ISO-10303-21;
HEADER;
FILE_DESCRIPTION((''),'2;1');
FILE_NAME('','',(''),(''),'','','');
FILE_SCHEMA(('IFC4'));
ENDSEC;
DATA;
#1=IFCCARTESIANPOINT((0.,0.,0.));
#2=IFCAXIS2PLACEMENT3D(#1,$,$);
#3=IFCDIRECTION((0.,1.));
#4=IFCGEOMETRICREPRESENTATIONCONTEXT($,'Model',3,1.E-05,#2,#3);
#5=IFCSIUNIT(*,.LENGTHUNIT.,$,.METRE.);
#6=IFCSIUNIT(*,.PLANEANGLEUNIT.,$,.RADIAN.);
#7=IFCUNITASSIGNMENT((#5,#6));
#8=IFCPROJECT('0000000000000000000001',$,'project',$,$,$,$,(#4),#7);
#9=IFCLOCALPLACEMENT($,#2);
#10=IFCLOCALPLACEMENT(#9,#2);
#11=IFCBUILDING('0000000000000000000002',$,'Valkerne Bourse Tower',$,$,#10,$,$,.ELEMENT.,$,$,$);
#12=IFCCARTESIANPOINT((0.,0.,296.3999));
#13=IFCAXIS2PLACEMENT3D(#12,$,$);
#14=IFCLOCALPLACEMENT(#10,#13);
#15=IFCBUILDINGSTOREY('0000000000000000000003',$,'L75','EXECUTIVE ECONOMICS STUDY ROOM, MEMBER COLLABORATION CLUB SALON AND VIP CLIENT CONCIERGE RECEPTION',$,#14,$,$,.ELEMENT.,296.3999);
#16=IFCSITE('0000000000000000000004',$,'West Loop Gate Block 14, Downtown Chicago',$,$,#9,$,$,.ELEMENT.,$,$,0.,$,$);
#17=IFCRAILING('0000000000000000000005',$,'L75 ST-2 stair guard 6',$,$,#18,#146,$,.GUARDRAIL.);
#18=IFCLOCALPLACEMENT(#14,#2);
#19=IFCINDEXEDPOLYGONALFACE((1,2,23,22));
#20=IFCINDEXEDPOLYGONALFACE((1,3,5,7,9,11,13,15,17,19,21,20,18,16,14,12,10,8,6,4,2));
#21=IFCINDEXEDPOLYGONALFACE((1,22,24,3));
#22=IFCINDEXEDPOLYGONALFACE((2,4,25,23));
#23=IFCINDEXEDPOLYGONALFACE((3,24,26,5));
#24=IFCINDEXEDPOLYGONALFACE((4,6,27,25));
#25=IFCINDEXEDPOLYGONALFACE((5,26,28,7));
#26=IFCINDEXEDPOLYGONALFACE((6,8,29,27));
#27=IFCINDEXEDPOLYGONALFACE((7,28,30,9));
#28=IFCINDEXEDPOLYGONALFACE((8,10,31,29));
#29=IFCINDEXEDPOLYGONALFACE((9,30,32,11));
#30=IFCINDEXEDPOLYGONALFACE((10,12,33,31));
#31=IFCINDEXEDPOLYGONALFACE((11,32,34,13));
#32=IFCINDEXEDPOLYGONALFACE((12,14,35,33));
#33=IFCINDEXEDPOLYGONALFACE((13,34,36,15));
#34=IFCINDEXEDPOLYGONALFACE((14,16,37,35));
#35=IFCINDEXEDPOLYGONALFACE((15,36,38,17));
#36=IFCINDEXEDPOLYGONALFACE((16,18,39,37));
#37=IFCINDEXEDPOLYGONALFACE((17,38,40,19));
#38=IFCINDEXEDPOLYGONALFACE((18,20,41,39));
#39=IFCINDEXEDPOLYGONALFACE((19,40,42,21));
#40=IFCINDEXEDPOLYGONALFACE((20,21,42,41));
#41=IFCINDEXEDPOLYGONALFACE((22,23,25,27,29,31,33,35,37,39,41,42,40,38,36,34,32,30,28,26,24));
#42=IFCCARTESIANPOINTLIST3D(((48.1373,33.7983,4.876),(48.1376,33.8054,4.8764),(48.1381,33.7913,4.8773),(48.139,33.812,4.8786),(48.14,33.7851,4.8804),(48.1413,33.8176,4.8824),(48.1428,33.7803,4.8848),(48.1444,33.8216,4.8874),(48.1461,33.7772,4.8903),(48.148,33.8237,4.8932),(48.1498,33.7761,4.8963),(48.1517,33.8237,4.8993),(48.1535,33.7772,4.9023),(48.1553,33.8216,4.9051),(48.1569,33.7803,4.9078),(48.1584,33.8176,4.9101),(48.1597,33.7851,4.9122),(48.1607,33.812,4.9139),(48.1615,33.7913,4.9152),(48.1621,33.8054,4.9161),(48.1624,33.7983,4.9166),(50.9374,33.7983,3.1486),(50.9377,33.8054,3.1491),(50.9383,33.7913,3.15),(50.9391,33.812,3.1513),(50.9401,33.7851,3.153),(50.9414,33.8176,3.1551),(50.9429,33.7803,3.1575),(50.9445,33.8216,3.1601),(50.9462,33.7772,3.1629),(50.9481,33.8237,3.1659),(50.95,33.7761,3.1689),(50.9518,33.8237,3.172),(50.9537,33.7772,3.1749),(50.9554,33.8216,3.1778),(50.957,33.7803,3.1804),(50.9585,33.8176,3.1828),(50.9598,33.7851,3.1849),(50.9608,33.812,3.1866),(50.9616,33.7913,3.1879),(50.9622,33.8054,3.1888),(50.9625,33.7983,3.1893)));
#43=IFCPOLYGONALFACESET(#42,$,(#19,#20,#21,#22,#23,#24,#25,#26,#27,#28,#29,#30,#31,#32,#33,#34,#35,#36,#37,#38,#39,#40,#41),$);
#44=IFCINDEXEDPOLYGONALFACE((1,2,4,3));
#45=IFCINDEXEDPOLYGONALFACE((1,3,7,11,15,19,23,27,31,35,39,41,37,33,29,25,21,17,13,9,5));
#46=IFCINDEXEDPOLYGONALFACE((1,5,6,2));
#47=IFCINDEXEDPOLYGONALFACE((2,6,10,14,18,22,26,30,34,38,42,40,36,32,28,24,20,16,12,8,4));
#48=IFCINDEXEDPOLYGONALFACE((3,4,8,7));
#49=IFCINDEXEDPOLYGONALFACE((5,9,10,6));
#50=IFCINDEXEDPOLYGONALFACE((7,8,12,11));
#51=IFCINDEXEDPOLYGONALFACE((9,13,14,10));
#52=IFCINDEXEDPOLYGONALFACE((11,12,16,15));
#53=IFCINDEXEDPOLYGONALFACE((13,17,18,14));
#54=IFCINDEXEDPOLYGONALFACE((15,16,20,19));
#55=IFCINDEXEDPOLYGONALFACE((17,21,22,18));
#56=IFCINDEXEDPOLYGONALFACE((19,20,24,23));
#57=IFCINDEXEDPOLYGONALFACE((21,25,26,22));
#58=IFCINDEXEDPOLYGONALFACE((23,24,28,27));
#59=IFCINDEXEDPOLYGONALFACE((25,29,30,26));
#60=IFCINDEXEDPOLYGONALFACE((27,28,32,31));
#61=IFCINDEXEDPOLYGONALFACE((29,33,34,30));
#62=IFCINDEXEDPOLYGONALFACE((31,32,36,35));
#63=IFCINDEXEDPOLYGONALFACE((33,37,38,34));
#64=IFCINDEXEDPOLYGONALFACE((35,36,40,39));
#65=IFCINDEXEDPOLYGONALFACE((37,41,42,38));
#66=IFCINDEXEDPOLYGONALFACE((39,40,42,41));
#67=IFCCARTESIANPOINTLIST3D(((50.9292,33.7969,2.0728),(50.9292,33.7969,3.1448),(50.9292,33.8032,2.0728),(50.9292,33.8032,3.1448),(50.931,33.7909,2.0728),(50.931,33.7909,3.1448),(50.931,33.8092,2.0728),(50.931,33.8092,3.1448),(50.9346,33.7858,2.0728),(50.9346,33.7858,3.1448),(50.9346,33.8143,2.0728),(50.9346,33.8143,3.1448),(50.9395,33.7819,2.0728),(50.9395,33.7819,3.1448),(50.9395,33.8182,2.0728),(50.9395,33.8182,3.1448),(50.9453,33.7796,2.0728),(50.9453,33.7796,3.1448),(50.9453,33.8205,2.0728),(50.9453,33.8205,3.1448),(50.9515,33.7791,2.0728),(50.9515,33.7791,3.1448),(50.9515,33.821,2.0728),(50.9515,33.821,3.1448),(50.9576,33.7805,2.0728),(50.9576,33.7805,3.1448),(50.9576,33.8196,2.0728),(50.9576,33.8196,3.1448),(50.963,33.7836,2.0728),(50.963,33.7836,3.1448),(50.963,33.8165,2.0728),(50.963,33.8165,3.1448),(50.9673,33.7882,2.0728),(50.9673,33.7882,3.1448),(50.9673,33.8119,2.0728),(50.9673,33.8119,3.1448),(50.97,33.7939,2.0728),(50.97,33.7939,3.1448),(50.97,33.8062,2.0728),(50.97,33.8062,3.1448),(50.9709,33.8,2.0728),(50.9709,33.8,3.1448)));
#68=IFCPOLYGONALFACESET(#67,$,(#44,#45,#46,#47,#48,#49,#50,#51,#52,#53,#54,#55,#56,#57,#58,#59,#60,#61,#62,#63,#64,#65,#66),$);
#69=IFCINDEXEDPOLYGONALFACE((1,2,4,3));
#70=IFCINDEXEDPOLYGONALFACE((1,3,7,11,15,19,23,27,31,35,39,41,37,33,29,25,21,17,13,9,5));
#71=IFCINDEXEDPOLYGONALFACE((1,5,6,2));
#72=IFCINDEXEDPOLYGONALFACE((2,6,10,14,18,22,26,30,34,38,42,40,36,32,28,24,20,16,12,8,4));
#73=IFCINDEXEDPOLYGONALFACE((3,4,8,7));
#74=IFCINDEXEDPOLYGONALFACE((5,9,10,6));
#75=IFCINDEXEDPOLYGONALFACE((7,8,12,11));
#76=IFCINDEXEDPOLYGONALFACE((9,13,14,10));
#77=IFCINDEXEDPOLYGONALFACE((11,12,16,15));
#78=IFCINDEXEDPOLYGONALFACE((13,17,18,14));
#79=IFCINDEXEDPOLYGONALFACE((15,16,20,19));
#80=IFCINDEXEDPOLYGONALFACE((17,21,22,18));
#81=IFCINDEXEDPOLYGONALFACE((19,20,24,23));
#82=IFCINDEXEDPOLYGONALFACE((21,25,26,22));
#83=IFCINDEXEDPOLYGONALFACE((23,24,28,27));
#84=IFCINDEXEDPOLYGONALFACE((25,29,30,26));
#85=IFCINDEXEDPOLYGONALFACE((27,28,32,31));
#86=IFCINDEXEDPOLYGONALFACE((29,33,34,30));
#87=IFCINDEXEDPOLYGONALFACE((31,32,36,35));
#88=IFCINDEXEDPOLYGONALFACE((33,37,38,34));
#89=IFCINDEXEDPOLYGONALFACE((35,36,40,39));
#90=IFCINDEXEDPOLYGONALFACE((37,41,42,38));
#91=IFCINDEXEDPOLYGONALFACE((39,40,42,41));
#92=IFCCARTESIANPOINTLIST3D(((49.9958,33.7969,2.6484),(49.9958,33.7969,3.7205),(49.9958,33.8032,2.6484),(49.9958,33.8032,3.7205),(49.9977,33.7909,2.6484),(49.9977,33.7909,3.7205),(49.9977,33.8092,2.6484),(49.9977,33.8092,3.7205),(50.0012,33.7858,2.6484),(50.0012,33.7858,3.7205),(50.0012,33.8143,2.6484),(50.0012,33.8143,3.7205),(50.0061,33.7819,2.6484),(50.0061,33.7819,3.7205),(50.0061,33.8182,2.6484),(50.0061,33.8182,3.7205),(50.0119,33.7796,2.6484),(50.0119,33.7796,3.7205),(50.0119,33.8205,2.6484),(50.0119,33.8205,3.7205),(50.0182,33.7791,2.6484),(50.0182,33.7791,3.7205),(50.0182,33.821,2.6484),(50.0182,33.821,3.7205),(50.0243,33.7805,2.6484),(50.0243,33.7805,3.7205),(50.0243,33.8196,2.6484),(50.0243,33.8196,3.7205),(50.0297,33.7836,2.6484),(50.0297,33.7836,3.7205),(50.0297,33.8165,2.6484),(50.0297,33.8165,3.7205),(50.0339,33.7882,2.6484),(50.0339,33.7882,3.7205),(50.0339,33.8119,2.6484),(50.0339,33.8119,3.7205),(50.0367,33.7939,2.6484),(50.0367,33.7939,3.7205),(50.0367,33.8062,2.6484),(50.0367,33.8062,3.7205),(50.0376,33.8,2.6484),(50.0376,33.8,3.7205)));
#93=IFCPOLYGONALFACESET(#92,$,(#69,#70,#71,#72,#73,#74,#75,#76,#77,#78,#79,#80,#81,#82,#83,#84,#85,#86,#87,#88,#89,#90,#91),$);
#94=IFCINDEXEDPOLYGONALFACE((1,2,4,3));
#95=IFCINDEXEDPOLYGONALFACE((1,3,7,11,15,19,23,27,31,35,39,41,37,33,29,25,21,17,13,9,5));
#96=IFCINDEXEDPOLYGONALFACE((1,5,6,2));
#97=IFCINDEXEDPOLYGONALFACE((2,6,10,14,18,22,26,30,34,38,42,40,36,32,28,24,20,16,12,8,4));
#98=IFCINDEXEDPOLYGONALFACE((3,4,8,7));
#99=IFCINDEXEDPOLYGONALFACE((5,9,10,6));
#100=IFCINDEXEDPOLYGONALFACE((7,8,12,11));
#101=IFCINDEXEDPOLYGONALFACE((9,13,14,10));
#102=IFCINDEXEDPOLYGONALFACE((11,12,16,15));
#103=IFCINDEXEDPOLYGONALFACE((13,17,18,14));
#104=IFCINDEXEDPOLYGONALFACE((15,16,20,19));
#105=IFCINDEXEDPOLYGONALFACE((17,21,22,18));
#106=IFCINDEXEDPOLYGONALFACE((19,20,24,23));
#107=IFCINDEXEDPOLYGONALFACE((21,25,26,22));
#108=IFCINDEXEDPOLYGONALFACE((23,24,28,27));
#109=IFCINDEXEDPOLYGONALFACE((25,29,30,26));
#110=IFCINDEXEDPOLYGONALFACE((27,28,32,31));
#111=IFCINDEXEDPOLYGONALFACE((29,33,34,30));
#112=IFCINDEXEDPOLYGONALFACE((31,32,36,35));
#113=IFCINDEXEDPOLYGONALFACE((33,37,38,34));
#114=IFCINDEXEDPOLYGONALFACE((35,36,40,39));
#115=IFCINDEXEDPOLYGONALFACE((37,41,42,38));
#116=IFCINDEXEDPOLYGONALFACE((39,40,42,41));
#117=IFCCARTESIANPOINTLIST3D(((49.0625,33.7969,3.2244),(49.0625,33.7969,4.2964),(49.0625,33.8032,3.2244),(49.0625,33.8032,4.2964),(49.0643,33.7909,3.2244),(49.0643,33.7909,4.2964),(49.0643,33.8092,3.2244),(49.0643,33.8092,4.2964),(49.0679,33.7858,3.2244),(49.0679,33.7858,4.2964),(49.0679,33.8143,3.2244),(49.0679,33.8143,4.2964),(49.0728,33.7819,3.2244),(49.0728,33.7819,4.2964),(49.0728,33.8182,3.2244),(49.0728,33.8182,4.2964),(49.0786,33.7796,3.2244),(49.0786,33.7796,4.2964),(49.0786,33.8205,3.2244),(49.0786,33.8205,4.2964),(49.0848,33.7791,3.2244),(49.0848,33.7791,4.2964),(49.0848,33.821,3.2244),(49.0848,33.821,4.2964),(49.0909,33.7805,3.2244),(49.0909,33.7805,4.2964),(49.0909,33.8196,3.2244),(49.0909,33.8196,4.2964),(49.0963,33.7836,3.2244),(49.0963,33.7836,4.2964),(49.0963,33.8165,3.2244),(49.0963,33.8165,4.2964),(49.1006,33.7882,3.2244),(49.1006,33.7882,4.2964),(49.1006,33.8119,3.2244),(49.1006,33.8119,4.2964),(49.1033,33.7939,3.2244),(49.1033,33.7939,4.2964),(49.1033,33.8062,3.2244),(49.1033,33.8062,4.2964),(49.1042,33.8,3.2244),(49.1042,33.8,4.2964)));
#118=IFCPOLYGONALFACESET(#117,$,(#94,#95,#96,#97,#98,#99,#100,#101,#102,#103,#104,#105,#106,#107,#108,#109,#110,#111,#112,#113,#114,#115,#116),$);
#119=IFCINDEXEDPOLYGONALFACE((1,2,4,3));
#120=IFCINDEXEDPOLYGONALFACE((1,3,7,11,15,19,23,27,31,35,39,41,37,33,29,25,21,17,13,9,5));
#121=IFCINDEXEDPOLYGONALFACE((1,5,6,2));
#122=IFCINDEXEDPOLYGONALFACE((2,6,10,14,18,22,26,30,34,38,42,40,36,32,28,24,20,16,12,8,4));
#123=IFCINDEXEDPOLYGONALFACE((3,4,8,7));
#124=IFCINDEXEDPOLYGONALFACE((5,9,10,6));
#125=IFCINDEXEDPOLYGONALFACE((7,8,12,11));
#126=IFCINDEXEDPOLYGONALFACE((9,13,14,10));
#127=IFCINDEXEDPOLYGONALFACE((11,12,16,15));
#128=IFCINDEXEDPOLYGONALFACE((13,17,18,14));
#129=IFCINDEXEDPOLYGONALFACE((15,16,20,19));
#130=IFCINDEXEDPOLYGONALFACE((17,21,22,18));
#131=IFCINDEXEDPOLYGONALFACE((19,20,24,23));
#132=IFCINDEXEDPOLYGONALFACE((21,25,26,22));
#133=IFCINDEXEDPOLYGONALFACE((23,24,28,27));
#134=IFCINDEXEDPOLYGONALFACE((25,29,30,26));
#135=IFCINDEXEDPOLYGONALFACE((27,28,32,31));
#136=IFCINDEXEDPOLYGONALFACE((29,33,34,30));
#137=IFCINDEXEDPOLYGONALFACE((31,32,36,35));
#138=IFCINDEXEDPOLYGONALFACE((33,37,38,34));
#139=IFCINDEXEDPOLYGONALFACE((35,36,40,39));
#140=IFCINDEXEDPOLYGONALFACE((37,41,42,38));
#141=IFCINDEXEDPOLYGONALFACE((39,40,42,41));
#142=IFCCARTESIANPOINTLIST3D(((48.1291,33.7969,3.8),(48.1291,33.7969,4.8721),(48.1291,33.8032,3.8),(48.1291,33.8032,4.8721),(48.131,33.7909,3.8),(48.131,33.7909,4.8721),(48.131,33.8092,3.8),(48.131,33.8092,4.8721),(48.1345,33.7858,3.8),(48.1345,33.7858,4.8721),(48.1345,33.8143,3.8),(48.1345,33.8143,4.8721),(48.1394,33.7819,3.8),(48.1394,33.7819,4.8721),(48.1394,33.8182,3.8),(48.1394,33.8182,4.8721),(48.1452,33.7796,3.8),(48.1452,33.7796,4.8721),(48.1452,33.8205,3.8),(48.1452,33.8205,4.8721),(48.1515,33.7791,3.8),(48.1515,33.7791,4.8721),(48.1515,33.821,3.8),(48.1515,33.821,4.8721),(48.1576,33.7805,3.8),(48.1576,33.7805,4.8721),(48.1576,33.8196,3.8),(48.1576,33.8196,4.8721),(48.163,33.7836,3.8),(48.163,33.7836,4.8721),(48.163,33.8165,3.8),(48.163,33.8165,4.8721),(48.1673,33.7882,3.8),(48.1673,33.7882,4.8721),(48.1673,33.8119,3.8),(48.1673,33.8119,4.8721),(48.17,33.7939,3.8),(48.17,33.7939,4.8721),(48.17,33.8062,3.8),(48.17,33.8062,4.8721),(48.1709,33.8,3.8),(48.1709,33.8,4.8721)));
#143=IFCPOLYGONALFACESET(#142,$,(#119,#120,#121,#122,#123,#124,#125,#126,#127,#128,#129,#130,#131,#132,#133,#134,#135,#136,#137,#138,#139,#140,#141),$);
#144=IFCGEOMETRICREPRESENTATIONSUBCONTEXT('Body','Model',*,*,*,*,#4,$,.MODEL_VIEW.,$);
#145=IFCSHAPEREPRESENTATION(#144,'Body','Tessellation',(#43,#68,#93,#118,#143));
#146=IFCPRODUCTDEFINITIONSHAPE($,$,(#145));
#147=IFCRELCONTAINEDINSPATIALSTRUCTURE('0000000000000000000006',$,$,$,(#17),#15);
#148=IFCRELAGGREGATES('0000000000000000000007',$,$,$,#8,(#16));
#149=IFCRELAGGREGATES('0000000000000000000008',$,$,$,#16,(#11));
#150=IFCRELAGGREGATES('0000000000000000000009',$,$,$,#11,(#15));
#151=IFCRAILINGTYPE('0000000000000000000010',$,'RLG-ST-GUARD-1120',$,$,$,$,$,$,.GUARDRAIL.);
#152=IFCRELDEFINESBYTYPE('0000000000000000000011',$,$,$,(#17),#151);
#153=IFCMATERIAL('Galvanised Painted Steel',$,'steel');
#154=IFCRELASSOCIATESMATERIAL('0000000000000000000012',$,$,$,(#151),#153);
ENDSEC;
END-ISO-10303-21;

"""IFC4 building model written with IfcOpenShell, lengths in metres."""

from ifc_helpers import new_model, si_unit, direction, frame, origin, origin_2d, place, context, subcontext, project, spatial, circle, extrude, material, type_object, element, save


model = new_model("IFC4")

# Units and contexts
model_context = context("Model", 3, precision=1e-05, world=origin(), true_north=direction((0.0, 1.0)))
body_context = subcontext(model_context, "Body", "Model", "MODEL_VIEW")
ifc_project = project(units=[si_unit("LENGTHUNIT", "METRE"), si_unit("PLANEANGLEUNIT", "RADIAN")], contexts=[model_context])

# Site, building, storey
site_placement = place(None, origin())
site = spatial("IfcSite", under=ifc_project, at=site_placement, Name="West Loop Gate Block 14, Downtown Chicago", CompositionType="ELEMENT", RefElevation=0.0)
building_placement = place(site_placement, origin())
building = spatial("IfcBuilding", under=site, at=building_placement, Name="Valkerne Bourse Tower", CompositionType="ELEMENT")
storey_placement = place(building_placement, frame((0.0, 0.0, 296.3999)))
storey = spatial("IfcBuildingStorey", under=building, at=storey_placement, Name="L75", Description="EXECUTIVE ECONOMICS STUDY ROOM, MEMBER COLLABORATION CLUB SALON AND VIP CLIENT CONCIERGE RECEPTION", CompositionType="ELEMENT", Elevation=296.3999)

# Shared definitions
ifc_material_1 = material(Name="Galvanised Painted Steel", Category="steel")

# Railing
railing_type_1 = type_object("IfcRailingType", Name="RLG-ST-GUARD-1120", PredefinedType="GUARDRAIL", material=ifc_material_1)
railing_1_placement = place(storey_placement, frame((50.95, 33.8, 2.0728)))
element("IfcRailing", 1, at=railing_1_placement, inside=storey, type_object=railing_type_1, Name="L75 ST-2 stair guard 6", PredefinedType="GUARDRAIL", context=body_context, shape_type="SweptSolid", body=[
    extrude(circle(Radius=0.0239, at=origin_2d()), frame((0.0, 0.0, 1.0962), z_axis=(-0.85109, 0.0, 0.52502), x_axis=(0.0, -1.0, 0.0)), (0.0, 0.0, 1.0), 3.29),
    extrude(circle(Radius=0.021, at=origin_2d()), origin(), (0.0, 0.0, 1.0), 1.072),
    extrude(circle(Radius=0.021, at=origin_2d()), frame((-0.9333, 0.0, 0.5757)), (0.0, 0.0, 1.0), 1.072),
    extrude(circle(Radius=0.021, at=origin_2d()), frame((-1.8667, 0.0, 1.1516)), (0.0, 0.0, 1.0), 1.072),
    extrude(circle(Radius=0.021, at=origin_2d()), frame((-2.8, 0.0, 1.7273)), (0.0, 0.0, 1.0), 1.072),
])

save(model, "model.ifc")
